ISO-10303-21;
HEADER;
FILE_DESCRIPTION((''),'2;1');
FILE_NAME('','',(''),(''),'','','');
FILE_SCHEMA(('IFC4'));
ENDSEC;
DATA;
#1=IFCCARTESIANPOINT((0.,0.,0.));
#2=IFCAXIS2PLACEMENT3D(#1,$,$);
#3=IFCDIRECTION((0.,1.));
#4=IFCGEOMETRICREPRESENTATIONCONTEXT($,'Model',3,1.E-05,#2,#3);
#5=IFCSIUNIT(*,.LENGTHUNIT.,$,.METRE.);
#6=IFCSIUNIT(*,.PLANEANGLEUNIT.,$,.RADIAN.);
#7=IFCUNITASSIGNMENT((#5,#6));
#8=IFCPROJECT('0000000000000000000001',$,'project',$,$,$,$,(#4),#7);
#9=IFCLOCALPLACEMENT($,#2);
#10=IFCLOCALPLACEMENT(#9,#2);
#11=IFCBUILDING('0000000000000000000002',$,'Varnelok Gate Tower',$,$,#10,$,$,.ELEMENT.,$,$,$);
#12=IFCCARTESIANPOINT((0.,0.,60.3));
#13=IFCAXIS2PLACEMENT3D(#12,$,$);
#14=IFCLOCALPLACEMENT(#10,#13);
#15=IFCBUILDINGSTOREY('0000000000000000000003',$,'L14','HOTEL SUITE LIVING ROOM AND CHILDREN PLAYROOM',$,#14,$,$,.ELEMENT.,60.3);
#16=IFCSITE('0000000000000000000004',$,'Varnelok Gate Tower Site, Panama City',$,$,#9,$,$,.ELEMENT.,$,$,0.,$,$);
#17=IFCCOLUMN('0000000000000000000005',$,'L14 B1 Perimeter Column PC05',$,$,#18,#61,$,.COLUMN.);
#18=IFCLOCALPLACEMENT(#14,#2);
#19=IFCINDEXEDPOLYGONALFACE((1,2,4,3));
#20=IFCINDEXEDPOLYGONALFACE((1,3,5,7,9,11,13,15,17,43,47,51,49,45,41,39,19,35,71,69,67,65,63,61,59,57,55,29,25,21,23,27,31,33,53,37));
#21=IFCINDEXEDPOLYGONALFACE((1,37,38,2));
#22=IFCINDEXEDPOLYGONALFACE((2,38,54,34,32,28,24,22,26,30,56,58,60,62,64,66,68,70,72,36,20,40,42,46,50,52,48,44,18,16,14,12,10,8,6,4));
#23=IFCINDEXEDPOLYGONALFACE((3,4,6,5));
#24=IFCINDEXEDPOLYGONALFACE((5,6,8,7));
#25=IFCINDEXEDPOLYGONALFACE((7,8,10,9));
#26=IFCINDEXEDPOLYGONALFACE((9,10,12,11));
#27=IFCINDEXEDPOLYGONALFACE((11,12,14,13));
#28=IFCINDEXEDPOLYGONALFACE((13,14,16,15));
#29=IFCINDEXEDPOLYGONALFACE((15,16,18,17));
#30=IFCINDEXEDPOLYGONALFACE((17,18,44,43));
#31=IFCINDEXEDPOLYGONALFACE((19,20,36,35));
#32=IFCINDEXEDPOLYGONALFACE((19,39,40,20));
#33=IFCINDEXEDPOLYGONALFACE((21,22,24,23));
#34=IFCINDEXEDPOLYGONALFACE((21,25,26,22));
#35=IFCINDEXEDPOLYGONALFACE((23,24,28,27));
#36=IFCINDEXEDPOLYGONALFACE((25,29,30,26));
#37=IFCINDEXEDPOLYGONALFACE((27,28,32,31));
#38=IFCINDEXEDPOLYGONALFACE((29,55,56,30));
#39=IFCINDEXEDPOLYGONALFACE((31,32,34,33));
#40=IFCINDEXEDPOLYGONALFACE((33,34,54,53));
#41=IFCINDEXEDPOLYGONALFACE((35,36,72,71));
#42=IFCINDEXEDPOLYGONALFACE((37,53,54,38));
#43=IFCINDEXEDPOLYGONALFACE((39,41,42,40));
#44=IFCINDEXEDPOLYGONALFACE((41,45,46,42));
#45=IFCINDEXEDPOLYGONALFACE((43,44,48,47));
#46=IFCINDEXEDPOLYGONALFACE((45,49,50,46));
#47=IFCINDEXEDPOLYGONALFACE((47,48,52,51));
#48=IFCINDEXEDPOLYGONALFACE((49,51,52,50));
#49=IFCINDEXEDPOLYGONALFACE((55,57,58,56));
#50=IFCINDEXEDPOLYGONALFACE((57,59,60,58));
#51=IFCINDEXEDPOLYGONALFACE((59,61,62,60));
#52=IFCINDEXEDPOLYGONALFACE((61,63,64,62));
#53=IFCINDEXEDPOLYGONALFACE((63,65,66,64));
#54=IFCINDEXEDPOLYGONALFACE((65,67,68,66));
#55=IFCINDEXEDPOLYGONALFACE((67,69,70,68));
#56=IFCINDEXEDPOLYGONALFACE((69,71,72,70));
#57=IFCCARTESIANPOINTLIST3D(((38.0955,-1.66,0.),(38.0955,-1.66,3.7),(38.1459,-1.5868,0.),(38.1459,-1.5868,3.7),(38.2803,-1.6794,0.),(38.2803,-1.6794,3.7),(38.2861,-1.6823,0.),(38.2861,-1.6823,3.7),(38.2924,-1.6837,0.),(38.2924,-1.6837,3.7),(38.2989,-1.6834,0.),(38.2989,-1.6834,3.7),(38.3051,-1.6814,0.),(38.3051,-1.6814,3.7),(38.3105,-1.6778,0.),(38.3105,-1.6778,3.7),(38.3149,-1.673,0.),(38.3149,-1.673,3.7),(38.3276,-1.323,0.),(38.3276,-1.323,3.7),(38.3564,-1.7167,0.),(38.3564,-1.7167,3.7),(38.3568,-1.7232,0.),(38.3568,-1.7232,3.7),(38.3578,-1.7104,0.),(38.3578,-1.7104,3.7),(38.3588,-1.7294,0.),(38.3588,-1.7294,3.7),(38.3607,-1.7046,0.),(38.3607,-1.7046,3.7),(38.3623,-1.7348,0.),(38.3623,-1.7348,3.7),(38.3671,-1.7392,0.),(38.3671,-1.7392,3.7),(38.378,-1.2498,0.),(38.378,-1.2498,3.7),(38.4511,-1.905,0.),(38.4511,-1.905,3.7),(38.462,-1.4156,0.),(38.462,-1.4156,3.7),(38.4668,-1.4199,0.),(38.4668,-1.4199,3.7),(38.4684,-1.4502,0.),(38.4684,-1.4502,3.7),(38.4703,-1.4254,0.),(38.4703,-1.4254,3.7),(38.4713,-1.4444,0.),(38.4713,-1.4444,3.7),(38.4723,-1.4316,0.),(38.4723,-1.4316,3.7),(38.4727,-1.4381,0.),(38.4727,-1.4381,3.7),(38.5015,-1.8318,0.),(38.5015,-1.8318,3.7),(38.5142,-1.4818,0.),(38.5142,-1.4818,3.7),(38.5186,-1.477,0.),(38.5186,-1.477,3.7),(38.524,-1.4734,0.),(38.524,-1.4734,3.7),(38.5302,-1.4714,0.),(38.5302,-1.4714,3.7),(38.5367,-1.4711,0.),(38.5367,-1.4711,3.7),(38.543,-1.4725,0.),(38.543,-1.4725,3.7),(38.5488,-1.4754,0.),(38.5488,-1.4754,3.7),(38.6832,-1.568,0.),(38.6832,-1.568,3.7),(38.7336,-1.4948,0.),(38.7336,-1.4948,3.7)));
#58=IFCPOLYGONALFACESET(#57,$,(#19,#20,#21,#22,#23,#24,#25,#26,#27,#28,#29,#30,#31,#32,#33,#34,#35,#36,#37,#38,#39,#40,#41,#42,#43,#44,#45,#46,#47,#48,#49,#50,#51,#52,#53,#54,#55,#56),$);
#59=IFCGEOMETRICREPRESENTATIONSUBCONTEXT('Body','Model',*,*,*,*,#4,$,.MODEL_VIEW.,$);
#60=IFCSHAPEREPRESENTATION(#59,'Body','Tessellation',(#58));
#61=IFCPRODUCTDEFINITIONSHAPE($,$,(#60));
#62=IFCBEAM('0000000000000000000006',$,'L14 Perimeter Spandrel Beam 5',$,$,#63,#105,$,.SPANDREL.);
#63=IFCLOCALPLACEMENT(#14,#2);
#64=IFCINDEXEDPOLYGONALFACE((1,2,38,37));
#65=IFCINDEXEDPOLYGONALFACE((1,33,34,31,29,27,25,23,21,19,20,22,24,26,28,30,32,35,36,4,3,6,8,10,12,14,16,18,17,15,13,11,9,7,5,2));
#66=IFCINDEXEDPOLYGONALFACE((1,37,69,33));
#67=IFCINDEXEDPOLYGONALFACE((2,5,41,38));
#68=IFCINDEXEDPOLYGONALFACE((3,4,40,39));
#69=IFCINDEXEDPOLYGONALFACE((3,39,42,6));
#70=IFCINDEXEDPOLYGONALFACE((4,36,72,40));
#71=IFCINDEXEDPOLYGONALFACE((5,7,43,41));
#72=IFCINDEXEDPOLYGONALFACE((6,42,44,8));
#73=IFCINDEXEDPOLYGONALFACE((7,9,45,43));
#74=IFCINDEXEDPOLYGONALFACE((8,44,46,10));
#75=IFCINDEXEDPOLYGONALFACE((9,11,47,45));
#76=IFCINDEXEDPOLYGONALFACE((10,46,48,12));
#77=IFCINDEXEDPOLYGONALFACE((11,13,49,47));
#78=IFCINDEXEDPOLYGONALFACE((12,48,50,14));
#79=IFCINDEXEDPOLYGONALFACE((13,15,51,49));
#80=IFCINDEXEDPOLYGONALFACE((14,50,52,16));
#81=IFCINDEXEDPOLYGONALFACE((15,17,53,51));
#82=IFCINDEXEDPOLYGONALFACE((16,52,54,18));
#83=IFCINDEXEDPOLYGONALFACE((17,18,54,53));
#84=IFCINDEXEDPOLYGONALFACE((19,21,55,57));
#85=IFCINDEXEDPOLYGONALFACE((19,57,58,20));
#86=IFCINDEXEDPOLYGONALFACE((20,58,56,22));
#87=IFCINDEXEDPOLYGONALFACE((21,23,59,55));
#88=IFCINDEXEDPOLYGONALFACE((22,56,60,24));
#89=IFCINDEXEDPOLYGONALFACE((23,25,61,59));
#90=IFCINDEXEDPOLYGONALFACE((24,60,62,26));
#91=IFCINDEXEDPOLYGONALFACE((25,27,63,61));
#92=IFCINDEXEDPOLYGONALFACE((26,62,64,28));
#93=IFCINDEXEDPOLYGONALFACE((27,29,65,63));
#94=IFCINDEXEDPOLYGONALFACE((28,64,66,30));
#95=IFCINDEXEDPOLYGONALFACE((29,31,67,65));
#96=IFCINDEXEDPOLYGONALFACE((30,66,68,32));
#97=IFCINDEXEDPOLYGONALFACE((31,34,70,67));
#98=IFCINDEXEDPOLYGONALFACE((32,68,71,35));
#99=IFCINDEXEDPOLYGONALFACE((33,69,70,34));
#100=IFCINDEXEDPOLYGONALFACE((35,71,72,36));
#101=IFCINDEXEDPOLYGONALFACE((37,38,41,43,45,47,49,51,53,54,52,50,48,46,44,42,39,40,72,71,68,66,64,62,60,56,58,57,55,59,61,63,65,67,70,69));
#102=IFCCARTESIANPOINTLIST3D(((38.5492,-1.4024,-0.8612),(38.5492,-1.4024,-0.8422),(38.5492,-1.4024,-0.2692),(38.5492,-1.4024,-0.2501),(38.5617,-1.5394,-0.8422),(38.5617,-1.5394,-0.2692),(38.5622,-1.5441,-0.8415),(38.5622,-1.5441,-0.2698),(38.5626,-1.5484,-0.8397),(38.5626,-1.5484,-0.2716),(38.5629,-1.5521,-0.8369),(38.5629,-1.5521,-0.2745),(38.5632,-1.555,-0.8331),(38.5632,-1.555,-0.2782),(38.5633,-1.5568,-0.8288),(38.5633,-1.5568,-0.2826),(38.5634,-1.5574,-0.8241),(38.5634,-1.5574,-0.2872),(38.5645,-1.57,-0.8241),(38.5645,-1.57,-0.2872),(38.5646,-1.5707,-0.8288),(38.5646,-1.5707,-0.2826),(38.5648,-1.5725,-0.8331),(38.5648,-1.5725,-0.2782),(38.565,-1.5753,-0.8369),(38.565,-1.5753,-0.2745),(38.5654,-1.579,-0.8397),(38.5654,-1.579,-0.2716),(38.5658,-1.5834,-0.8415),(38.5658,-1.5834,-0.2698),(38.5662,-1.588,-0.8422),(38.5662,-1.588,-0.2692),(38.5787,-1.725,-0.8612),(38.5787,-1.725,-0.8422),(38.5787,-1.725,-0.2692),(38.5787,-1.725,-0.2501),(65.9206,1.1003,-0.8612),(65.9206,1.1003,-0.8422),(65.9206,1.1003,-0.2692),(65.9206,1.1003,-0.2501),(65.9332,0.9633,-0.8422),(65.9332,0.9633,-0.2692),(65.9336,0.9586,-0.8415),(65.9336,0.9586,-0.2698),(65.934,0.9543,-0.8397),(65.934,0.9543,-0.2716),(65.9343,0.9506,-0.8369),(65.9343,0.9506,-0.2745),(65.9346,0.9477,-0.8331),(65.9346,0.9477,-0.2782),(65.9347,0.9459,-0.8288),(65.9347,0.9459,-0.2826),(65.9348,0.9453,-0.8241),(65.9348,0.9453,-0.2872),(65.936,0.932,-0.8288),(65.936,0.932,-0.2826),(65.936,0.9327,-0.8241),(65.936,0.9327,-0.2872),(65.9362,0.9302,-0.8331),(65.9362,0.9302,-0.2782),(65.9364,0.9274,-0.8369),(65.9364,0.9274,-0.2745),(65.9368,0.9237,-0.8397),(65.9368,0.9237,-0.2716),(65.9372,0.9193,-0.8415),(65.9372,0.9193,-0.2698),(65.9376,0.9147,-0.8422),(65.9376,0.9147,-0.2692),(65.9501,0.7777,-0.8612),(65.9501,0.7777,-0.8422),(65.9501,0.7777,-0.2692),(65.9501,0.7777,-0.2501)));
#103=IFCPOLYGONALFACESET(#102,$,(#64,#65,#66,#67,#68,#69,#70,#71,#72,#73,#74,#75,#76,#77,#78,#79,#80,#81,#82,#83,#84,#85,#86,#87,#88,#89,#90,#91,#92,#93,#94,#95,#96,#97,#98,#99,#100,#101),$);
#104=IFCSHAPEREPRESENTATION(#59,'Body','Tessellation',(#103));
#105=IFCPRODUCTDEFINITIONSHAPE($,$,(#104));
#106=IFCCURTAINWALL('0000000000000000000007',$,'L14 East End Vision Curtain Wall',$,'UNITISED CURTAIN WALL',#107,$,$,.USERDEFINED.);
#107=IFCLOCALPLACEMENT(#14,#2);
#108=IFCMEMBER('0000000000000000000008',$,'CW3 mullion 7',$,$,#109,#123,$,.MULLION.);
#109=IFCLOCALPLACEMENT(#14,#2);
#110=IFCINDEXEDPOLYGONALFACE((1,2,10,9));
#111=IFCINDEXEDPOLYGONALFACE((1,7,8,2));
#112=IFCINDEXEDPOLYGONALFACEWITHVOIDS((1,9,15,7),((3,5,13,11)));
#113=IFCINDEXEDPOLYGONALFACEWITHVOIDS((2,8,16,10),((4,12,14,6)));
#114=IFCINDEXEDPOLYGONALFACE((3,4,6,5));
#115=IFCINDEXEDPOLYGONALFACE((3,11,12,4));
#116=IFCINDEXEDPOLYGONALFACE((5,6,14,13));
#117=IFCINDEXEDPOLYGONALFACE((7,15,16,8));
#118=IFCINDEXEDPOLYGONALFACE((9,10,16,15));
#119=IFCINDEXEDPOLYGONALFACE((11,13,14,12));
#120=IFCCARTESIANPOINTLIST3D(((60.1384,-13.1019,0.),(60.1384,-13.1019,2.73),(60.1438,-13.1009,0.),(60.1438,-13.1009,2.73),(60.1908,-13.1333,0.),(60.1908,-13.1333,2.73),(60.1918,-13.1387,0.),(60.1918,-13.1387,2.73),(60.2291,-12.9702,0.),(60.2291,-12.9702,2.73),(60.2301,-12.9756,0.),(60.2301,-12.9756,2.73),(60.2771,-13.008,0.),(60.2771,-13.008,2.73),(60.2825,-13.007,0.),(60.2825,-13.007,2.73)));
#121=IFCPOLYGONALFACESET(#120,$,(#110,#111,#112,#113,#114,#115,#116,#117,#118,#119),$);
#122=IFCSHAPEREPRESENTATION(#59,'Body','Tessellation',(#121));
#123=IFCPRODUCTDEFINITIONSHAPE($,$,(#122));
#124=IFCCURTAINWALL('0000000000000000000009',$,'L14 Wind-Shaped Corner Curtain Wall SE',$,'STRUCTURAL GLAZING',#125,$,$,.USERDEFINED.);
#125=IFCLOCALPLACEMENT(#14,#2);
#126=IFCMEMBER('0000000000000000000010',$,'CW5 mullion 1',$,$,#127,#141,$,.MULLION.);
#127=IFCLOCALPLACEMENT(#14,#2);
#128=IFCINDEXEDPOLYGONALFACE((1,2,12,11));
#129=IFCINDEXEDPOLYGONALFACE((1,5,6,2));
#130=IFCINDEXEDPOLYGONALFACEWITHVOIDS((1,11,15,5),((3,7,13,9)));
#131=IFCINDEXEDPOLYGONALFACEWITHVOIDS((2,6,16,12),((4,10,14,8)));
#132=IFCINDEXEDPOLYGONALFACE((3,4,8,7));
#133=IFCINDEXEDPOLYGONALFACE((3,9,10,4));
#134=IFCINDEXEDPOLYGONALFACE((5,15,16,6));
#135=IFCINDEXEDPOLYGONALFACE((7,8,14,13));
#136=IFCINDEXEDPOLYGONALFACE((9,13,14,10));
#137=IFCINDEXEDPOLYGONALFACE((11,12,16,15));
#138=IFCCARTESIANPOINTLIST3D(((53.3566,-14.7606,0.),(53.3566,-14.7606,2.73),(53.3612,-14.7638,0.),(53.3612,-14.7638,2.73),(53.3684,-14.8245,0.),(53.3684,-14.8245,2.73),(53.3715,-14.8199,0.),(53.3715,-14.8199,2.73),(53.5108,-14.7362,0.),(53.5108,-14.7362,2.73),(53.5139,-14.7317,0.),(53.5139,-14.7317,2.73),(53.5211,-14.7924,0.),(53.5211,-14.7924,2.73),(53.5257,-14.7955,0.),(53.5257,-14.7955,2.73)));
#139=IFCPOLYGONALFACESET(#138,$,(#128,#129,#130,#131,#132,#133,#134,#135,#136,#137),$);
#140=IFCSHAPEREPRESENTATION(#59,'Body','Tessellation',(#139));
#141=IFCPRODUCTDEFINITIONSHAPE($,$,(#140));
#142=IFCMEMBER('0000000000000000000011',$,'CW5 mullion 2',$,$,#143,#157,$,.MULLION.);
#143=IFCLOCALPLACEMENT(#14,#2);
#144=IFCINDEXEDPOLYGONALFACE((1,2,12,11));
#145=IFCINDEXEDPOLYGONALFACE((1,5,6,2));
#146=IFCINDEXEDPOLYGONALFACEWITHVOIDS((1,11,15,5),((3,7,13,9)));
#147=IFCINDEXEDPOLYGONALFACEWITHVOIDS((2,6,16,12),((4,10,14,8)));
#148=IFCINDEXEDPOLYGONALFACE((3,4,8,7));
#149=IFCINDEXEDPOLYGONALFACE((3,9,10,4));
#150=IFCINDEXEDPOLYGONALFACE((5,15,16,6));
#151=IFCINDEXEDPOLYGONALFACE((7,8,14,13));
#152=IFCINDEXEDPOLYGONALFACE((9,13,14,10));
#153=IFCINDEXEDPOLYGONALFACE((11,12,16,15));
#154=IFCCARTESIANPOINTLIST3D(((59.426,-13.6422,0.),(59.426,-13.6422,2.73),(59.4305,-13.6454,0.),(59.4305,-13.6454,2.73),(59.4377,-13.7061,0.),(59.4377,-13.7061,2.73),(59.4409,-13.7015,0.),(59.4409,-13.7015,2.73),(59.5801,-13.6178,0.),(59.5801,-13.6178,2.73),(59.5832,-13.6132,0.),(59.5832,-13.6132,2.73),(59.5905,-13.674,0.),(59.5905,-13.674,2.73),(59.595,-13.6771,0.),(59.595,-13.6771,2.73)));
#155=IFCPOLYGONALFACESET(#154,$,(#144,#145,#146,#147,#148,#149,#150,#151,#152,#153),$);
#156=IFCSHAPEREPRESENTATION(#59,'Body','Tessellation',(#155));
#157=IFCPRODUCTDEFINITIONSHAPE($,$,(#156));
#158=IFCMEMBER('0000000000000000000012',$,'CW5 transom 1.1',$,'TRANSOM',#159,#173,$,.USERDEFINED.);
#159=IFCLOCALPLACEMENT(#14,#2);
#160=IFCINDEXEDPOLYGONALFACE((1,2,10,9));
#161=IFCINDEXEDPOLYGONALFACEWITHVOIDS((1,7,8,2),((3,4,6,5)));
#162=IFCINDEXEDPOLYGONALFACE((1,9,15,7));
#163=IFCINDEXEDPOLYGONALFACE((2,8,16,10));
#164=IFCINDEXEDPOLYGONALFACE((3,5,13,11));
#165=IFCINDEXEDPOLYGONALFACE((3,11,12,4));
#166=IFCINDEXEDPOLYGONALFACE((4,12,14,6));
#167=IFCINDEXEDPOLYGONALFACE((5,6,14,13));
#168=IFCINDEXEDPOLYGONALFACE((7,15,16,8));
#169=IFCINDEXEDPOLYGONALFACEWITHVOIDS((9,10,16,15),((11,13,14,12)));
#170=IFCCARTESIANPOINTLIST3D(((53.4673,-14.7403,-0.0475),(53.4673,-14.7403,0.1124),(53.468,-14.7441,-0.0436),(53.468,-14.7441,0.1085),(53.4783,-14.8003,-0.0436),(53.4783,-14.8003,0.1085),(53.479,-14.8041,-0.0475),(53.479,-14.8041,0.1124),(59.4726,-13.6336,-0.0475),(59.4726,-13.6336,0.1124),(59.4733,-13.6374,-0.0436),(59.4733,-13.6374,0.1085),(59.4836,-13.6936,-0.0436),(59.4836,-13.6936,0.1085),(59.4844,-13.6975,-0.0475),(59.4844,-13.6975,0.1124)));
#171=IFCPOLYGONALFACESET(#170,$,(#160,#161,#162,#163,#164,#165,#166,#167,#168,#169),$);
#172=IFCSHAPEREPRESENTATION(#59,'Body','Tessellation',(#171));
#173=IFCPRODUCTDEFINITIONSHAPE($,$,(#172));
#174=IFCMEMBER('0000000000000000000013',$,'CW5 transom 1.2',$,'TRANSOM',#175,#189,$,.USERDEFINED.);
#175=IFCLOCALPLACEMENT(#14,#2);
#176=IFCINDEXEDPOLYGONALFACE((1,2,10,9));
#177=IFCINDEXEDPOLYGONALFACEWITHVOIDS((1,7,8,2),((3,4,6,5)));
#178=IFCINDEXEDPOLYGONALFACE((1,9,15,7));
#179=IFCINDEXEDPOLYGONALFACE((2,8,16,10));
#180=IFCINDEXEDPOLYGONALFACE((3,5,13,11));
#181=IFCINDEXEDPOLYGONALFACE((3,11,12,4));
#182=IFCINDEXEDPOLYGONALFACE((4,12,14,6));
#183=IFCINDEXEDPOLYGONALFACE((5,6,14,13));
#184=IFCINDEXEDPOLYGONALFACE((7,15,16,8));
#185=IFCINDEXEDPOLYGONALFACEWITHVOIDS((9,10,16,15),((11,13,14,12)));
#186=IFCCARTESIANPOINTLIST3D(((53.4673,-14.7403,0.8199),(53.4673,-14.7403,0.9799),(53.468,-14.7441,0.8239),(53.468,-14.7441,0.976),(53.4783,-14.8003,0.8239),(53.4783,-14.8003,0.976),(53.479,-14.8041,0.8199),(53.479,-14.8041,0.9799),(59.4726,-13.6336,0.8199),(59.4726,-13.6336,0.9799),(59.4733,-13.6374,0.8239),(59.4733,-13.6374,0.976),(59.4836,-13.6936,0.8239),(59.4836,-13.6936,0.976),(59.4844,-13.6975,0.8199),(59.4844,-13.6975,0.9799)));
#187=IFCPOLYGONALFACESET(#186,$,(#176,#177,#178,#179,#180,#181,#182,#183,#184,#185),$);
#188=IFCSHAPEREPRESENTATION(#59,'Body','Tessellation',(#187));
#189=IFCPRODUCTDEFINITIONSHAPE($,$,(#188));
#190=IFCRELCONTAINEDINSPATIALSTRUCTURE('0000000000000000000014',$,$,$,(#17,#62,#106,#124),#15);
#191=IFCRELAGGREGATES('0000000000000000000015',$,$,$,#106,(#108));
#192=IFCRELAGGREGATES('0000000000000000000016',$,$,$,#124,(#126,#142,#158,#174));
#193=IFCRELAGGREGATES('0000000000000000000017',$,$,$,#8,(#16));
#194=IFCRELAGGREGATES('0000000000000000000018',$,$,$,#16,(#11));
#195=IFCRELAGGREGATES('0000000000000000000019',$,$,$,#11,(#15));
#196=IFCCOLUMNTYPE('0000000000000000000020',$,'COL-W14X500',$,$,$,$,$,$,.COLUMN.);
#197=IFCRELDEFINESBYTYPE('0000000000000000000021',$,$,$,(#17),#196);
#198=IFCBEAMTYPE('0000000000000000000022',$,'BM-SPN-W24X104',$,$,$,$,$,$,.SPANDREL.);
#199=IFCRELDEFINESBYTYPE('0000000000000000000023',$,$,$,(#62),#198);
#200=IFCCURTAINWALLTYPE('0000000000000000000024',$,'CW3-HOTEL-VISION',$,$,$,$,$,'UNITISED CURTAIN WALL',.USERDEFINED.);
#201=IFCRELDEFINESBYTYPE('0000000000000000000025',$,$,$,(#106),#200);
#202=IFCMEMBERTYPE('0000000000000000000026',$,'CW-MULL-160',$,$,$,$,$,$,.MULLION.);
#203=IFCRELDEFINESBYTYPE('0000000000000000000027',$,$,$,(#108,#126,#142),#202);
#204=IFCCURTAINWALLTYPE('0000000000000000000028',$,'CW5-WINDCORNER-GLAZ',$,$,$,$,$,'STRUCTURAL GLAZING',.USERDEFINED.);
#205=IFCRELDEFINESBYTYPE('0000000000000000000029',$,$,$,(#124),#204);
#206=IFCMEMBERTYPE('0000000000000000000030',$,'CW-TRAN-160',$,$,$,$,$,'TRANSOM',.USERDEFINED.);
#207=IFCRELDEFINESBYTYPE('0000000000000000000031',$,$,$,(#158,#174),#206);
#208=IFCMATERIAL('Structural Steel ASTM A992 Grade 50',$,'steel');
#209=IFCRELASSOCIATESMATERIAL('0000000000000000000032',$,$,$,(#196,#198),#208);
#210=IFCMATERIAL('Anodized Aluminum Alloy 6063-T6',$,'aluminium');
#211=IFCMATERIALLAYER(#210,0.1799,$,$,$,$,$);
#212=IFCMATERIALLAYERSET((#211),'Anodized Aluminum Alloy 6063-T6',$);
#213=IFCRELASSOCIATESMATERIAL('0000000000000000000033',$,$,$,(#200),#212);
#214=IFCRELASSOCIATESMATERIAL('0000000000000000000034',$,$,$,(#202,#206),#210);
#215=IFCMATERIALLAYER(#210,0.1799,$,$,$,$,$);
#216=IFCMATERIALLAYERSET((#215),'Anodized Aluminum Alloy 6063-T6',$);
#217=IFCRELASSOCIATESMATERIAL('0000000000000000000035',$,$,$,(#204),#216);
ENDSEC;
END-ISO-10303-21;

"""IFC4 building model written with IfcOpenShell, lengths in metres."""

from ifc_helpers import new_model, si_unit, direction, frame, origin, origin_2d, place, context, subcontext, project, spatial, hollow_rectangle, i_section, extrude, material, layer, layer_set, material_profile, profile_set, type_object, element, aggregate, save


model = new_model("IFC4")

# Units and contexts
model_context = context("Model", 3, precision=1e-05, world=origin(), true_north=direction((0.0, 1.0)))
body_context = subcontext(model_context, "Body", "Model", "MODEL_VIEW")
ifc_project = project(units=[si_unit("LENGTHUNIT", "METRE"), si_unit("PLANEANGLEUNIT", "RADIAN")], contexts=[model_context])

# Site, building, storey
site_placement = place(None, origin())
site = spatial("IfcSite", under=ifc_project, at=site_placement, Name="Varnelok Gate Tower Site, Panama City", CompositionType="ELEMENT", RefElevation=0.0)
building_placement = place(site_placement, origin())
building = spatial("IfcBuilding", under=site, at=building_placement, Name="Varnelok Gate Tower", CompositionType="ELEMENT")
storey_placement = place(building_placement, frame((0.0, 0.0, 60.3)))
storey = spatial("IfcBuildingStorey", under=building, at=storey_placement, Name="L14", Description="HOTEL SUITE LIVING ROOM AND CHILDREN PLAYROOM", CompositionType="ELEMENT", Elevation=60.3)

# Column
ifc_material_1 = material(Name="Structural Steel ASTM A992 Grade 50", Category="steel")
ifc_material_profile_1 = material_profile(ifc_material_1, i_section(OverallWidth=0.4319, OverallDepth=0.498, WebThickness=0.0557, FlangeThickness=0.0889, FilletRadius=0.0249, at=origin_2d()), Name="W14X500")
ifc_profile_set_1 = profile_set([ifc_material_profile_1], Name="Structural Steel ASTM A992 Grade 50")
column_type = type_object("IfcColumnType", Name="COL-W14X500", PredefinedType="COLUMN", material=ifc_profile_set_1)
column_placement = place(storey_placement, frame((38.4146, -1.5774, 0.0), z_axis=(0.0, 0.0, 1.0), x_axis=(0.823533, -0.567269, 0.0)))
element("IfcColumn", 1, at=column_placement, inside=storey, type_object=column_type, Name="L14 B1 Perimeter Column PC05", PredefinedType="COLUMN", context=body_context, shape_type="SweptSolid", body=[
    extrude(i_section(OverallWidth=0.4319, OverallDepth=0.498, WebThickness=0.0557, FlangeThickness=0.0889, FilletRadius=0.0249, at=origin_2d()), origin(), (0.0, 0.0, 1.0), 3.7),
])

# Beam
ifc_material_profile_2 = material_profile(ifc_material_1, i_section(OverallWidth=0.324, OverallDepth=0.6111, WebThickness=0.0127, FlangeThickness=0.019, FilletRadius=0.0181, at=origin_2d()), Name="W24X104")
ifc_profile_set_2 = profile_set([ifc_material_profile_2], Name="Structural Steel ASTM A992 Grade 50")
beam_type = type_object("IfcBeamType", Name="BM-SPN-W24X104", PredefinedType="SPANDREL", material=ifc_profile_set_2)
beam_placement = place(storey_placement, frame((38.564, -1.5637, -0.5557), z_axis=(0.995846, 0.091055, 0.0), x_axis=(-0.091055, 0.995846, 0.0)))
element("IfcBeam", 2, at=beam_placement, inside=storey, type_object=beam_type, Name="L14 Perimeter Spandrel Beam 5", PredefinedType="SPANDREL", context=body_context, shape_type="SweptSolid", body=[
    extrude(i_section(OverallWidth=0.324, OverallDepth=0.6111, WebThickness=0.0127, FlangeThickness=0.019, FilletRadius=0.0181, at=origin_2d()), origin(), (0.0, 0.0, 1.0), 27.4856),
])

# Curtain wall, member
ifc_material_2 = material(Name="Anodized Aluminum Alloy 6063-T6", Category="aluminium")
ifc_layer_1 = layer(ifc_material_2, 0.1799)
ifc_layer_set_1 = layer_set([ifc_layer_1], Name="Anodized Aluminum Alloy 6063-T6")
curtain_wall_type_1 = type_object("IfcCurtainWallType", Name="CW3-HOTEL-VISION", ElementType="UNITISED CURTAIN WALL", PredefinedType="USERDEFINED", material=ifc_layer_set_1)
curtain_wall_1_placement = place(storey_placement, origin())
curtain_wall_1 = element("IfcCurtainWall", 3, at=curtain_wall_1_placement, inside=storey, type_object=curtain_wall_type_1, Name="L14 East End Vision Curtain Wall", ObjectType="UNITISED CURTAIN WALL", PredefinedType="USERDEFINED")
ifc_material_profile_3 = material_profile(ifc_material_2, hollow_rectangle(XDim=0.0649, YDim=0.1599, WallThickness=0.0039, at=origin_2d()), Name="ALU160X65X4")
ifc_profile_set_3 = profile_set([ifc_material_profile_3], Name="Anodized Aluminum Alloy 6063-T6")
member_type_1 = type_object("IfcMemberType", Name="CW-MULL-160", PredefinedType="MULLION", material=ifc_profile_set_3)
member_1_placement = place(storey_placement, frame((60.2104, -13.0544, 0.0), z_axis=(0.0, 0.0, 1.0), x_axis=(0.823533, -0.567269, 0.0)))
member_1 = element("IfcMember", 4, at=member_1_placement, type_object=member_type_1, Name="CW3 mullion 7", PredefinedType="MULLION", context=body_context, shape_type="SweptSolid", body=[
    extrude(hollow_rectangle(XDim=0.0649, YDim=0.1599, WallThickness=0.0039, at=origin_2d()), origin(), (0.0, 0.0, 1.0), 2.73),
])
aggregate(curtain_wall_1, [member_1])

# Curtain wall, members
ifc_layer_2 = layer(ifc_material_2, 0.1799)
ifc_layer_set_2 = layer_set([ifc_layer_2], Name="Anodized Aluminum Alloy 6063-T6")
curtain_wall_type_2 = type_object("IfcCurtainWallType", Name="CW5-WINDCORNER-GLAZ", ElementType="STRUCTURAL GLAZING", PredefinedType="USERDEFINED", material=ifc_layer_set_2)
curtain_wall_2_placement = place(storey_placement, origin())
curtain_wall_2 = element("IfcCurtainWall", 5, at=curtain_wall_2_placement, inside=storey, type_object=curtain_wall_type_2, Name="L14 Wind-Shaped Corner Curtain Wall SE", ObjectType="STRUCTURAL GLAZING", PredefinedType="USERDEFINED")
member_2_placement = place(storey_placement, frame((53.4412, -14.7781, 0.0), z_axis=(0.0, 0.0, 1.0), x_axis=(-0.181203, 0.983446, 0.0)))
member_2 = element("IfcMember", 6, at=member_2_placement, type_object=member_type_1, Name="CW5 mullion 1", PredefinedType="MULLION", context=body_context, shape_type="SweptSolid", body=[
    extrude(hollow_rectangle(XDim=0.0649, YDim=0.1599, WallThickness=0.0039, at=origin_2d()), origin(), (0.0, 0.0, 1.0), 2.73),
])
member_3_placement = place(storey_placement, frame((59.5105, -13.6597, 0.0), z_axis=(0.0, 0.0, 1.0), x_axis=(-0.181203, 0.983446, 0.0)))
member_3 = element("IfcMember", 7, at=member_3_placement, type_object=member_type_1, Name="CW5 mullion 2", PredefinedType="MULLION", context=body_context, shape_type="SweptSolid", body=[
    extrude(hollow_rectangle(XDim=0.0649, YDim=0.1599, WallThickness=0.0039, at=origin_2d()), origin(), (0.0, 0.0, 1.0), 2.73),
])
ifc_material_profile_4 = material_profile(ifc_material_2, hollow_rectangle(XDim=0.0649, YDim=0.1599, WallThickness=0.0039, at=origin_2d()), Name="ALU160X65X4")
ifc_profile_set_4 = profile_set([ifc_material_profile_4], Name="Anodized Aluminum Alloy 6063-T6")
member_type_2 = type_object("IfcMemberType", Name="CW-TRAN-160", ElementType="TRANSOM", PredefinedType="USERDEFINED", material=ifc_profile_set_4)
member_4_placement = place(storey_placement, frame((53.4731, -14.7722, 0.0325), z_axis=(0.98344, 0.181232, 0.0), x_axis=(-0.181232, 0.98344, 0.0)))
member_4 = element("IfcMember", 8, at=member_4_placement, type_object=member_type_2, Name="CW5 transom 1.1", ObjectType="TRANSOM", PredefinedType="USERDEFINED", context=body_context, shape_type="SweptSolid", body=[
    extrude(hollow_rectangle(XDim=0.0649, YDim=0.1599, WallThickness=0.0039, at=origin_2d()), origin(), (0.0, 0.0, 1.0), 6.1064),
])
member_5_placement = place(storey_placement, frame((53.4731, -14.7722, 0.8999), z_axis=(0.98344, 0.181232, 0.0), x_axis=(-0.181232, 0.98344, 0.0)))
member_5 = element("IfcMember", 9, at=member_5_placement, type_object=member_type_2, Name="CW5 transom 1.2", ObjectType="TRANSOM", PredefinedType="USERDEFINED", context=body_context, shape_type="SweptSolid", body=[
    extrude(hollow_rectangle(XDim=0.0649, YDim=0.1599, WallThickness=0.0039, at=origin_2d()), origin(), (0.0, 0.0, 1.0), 6.1064),
])
aggregate(curtain_wall_2, [member_2, member_3, member_4, member_5])

save(model, "model.ifc")
